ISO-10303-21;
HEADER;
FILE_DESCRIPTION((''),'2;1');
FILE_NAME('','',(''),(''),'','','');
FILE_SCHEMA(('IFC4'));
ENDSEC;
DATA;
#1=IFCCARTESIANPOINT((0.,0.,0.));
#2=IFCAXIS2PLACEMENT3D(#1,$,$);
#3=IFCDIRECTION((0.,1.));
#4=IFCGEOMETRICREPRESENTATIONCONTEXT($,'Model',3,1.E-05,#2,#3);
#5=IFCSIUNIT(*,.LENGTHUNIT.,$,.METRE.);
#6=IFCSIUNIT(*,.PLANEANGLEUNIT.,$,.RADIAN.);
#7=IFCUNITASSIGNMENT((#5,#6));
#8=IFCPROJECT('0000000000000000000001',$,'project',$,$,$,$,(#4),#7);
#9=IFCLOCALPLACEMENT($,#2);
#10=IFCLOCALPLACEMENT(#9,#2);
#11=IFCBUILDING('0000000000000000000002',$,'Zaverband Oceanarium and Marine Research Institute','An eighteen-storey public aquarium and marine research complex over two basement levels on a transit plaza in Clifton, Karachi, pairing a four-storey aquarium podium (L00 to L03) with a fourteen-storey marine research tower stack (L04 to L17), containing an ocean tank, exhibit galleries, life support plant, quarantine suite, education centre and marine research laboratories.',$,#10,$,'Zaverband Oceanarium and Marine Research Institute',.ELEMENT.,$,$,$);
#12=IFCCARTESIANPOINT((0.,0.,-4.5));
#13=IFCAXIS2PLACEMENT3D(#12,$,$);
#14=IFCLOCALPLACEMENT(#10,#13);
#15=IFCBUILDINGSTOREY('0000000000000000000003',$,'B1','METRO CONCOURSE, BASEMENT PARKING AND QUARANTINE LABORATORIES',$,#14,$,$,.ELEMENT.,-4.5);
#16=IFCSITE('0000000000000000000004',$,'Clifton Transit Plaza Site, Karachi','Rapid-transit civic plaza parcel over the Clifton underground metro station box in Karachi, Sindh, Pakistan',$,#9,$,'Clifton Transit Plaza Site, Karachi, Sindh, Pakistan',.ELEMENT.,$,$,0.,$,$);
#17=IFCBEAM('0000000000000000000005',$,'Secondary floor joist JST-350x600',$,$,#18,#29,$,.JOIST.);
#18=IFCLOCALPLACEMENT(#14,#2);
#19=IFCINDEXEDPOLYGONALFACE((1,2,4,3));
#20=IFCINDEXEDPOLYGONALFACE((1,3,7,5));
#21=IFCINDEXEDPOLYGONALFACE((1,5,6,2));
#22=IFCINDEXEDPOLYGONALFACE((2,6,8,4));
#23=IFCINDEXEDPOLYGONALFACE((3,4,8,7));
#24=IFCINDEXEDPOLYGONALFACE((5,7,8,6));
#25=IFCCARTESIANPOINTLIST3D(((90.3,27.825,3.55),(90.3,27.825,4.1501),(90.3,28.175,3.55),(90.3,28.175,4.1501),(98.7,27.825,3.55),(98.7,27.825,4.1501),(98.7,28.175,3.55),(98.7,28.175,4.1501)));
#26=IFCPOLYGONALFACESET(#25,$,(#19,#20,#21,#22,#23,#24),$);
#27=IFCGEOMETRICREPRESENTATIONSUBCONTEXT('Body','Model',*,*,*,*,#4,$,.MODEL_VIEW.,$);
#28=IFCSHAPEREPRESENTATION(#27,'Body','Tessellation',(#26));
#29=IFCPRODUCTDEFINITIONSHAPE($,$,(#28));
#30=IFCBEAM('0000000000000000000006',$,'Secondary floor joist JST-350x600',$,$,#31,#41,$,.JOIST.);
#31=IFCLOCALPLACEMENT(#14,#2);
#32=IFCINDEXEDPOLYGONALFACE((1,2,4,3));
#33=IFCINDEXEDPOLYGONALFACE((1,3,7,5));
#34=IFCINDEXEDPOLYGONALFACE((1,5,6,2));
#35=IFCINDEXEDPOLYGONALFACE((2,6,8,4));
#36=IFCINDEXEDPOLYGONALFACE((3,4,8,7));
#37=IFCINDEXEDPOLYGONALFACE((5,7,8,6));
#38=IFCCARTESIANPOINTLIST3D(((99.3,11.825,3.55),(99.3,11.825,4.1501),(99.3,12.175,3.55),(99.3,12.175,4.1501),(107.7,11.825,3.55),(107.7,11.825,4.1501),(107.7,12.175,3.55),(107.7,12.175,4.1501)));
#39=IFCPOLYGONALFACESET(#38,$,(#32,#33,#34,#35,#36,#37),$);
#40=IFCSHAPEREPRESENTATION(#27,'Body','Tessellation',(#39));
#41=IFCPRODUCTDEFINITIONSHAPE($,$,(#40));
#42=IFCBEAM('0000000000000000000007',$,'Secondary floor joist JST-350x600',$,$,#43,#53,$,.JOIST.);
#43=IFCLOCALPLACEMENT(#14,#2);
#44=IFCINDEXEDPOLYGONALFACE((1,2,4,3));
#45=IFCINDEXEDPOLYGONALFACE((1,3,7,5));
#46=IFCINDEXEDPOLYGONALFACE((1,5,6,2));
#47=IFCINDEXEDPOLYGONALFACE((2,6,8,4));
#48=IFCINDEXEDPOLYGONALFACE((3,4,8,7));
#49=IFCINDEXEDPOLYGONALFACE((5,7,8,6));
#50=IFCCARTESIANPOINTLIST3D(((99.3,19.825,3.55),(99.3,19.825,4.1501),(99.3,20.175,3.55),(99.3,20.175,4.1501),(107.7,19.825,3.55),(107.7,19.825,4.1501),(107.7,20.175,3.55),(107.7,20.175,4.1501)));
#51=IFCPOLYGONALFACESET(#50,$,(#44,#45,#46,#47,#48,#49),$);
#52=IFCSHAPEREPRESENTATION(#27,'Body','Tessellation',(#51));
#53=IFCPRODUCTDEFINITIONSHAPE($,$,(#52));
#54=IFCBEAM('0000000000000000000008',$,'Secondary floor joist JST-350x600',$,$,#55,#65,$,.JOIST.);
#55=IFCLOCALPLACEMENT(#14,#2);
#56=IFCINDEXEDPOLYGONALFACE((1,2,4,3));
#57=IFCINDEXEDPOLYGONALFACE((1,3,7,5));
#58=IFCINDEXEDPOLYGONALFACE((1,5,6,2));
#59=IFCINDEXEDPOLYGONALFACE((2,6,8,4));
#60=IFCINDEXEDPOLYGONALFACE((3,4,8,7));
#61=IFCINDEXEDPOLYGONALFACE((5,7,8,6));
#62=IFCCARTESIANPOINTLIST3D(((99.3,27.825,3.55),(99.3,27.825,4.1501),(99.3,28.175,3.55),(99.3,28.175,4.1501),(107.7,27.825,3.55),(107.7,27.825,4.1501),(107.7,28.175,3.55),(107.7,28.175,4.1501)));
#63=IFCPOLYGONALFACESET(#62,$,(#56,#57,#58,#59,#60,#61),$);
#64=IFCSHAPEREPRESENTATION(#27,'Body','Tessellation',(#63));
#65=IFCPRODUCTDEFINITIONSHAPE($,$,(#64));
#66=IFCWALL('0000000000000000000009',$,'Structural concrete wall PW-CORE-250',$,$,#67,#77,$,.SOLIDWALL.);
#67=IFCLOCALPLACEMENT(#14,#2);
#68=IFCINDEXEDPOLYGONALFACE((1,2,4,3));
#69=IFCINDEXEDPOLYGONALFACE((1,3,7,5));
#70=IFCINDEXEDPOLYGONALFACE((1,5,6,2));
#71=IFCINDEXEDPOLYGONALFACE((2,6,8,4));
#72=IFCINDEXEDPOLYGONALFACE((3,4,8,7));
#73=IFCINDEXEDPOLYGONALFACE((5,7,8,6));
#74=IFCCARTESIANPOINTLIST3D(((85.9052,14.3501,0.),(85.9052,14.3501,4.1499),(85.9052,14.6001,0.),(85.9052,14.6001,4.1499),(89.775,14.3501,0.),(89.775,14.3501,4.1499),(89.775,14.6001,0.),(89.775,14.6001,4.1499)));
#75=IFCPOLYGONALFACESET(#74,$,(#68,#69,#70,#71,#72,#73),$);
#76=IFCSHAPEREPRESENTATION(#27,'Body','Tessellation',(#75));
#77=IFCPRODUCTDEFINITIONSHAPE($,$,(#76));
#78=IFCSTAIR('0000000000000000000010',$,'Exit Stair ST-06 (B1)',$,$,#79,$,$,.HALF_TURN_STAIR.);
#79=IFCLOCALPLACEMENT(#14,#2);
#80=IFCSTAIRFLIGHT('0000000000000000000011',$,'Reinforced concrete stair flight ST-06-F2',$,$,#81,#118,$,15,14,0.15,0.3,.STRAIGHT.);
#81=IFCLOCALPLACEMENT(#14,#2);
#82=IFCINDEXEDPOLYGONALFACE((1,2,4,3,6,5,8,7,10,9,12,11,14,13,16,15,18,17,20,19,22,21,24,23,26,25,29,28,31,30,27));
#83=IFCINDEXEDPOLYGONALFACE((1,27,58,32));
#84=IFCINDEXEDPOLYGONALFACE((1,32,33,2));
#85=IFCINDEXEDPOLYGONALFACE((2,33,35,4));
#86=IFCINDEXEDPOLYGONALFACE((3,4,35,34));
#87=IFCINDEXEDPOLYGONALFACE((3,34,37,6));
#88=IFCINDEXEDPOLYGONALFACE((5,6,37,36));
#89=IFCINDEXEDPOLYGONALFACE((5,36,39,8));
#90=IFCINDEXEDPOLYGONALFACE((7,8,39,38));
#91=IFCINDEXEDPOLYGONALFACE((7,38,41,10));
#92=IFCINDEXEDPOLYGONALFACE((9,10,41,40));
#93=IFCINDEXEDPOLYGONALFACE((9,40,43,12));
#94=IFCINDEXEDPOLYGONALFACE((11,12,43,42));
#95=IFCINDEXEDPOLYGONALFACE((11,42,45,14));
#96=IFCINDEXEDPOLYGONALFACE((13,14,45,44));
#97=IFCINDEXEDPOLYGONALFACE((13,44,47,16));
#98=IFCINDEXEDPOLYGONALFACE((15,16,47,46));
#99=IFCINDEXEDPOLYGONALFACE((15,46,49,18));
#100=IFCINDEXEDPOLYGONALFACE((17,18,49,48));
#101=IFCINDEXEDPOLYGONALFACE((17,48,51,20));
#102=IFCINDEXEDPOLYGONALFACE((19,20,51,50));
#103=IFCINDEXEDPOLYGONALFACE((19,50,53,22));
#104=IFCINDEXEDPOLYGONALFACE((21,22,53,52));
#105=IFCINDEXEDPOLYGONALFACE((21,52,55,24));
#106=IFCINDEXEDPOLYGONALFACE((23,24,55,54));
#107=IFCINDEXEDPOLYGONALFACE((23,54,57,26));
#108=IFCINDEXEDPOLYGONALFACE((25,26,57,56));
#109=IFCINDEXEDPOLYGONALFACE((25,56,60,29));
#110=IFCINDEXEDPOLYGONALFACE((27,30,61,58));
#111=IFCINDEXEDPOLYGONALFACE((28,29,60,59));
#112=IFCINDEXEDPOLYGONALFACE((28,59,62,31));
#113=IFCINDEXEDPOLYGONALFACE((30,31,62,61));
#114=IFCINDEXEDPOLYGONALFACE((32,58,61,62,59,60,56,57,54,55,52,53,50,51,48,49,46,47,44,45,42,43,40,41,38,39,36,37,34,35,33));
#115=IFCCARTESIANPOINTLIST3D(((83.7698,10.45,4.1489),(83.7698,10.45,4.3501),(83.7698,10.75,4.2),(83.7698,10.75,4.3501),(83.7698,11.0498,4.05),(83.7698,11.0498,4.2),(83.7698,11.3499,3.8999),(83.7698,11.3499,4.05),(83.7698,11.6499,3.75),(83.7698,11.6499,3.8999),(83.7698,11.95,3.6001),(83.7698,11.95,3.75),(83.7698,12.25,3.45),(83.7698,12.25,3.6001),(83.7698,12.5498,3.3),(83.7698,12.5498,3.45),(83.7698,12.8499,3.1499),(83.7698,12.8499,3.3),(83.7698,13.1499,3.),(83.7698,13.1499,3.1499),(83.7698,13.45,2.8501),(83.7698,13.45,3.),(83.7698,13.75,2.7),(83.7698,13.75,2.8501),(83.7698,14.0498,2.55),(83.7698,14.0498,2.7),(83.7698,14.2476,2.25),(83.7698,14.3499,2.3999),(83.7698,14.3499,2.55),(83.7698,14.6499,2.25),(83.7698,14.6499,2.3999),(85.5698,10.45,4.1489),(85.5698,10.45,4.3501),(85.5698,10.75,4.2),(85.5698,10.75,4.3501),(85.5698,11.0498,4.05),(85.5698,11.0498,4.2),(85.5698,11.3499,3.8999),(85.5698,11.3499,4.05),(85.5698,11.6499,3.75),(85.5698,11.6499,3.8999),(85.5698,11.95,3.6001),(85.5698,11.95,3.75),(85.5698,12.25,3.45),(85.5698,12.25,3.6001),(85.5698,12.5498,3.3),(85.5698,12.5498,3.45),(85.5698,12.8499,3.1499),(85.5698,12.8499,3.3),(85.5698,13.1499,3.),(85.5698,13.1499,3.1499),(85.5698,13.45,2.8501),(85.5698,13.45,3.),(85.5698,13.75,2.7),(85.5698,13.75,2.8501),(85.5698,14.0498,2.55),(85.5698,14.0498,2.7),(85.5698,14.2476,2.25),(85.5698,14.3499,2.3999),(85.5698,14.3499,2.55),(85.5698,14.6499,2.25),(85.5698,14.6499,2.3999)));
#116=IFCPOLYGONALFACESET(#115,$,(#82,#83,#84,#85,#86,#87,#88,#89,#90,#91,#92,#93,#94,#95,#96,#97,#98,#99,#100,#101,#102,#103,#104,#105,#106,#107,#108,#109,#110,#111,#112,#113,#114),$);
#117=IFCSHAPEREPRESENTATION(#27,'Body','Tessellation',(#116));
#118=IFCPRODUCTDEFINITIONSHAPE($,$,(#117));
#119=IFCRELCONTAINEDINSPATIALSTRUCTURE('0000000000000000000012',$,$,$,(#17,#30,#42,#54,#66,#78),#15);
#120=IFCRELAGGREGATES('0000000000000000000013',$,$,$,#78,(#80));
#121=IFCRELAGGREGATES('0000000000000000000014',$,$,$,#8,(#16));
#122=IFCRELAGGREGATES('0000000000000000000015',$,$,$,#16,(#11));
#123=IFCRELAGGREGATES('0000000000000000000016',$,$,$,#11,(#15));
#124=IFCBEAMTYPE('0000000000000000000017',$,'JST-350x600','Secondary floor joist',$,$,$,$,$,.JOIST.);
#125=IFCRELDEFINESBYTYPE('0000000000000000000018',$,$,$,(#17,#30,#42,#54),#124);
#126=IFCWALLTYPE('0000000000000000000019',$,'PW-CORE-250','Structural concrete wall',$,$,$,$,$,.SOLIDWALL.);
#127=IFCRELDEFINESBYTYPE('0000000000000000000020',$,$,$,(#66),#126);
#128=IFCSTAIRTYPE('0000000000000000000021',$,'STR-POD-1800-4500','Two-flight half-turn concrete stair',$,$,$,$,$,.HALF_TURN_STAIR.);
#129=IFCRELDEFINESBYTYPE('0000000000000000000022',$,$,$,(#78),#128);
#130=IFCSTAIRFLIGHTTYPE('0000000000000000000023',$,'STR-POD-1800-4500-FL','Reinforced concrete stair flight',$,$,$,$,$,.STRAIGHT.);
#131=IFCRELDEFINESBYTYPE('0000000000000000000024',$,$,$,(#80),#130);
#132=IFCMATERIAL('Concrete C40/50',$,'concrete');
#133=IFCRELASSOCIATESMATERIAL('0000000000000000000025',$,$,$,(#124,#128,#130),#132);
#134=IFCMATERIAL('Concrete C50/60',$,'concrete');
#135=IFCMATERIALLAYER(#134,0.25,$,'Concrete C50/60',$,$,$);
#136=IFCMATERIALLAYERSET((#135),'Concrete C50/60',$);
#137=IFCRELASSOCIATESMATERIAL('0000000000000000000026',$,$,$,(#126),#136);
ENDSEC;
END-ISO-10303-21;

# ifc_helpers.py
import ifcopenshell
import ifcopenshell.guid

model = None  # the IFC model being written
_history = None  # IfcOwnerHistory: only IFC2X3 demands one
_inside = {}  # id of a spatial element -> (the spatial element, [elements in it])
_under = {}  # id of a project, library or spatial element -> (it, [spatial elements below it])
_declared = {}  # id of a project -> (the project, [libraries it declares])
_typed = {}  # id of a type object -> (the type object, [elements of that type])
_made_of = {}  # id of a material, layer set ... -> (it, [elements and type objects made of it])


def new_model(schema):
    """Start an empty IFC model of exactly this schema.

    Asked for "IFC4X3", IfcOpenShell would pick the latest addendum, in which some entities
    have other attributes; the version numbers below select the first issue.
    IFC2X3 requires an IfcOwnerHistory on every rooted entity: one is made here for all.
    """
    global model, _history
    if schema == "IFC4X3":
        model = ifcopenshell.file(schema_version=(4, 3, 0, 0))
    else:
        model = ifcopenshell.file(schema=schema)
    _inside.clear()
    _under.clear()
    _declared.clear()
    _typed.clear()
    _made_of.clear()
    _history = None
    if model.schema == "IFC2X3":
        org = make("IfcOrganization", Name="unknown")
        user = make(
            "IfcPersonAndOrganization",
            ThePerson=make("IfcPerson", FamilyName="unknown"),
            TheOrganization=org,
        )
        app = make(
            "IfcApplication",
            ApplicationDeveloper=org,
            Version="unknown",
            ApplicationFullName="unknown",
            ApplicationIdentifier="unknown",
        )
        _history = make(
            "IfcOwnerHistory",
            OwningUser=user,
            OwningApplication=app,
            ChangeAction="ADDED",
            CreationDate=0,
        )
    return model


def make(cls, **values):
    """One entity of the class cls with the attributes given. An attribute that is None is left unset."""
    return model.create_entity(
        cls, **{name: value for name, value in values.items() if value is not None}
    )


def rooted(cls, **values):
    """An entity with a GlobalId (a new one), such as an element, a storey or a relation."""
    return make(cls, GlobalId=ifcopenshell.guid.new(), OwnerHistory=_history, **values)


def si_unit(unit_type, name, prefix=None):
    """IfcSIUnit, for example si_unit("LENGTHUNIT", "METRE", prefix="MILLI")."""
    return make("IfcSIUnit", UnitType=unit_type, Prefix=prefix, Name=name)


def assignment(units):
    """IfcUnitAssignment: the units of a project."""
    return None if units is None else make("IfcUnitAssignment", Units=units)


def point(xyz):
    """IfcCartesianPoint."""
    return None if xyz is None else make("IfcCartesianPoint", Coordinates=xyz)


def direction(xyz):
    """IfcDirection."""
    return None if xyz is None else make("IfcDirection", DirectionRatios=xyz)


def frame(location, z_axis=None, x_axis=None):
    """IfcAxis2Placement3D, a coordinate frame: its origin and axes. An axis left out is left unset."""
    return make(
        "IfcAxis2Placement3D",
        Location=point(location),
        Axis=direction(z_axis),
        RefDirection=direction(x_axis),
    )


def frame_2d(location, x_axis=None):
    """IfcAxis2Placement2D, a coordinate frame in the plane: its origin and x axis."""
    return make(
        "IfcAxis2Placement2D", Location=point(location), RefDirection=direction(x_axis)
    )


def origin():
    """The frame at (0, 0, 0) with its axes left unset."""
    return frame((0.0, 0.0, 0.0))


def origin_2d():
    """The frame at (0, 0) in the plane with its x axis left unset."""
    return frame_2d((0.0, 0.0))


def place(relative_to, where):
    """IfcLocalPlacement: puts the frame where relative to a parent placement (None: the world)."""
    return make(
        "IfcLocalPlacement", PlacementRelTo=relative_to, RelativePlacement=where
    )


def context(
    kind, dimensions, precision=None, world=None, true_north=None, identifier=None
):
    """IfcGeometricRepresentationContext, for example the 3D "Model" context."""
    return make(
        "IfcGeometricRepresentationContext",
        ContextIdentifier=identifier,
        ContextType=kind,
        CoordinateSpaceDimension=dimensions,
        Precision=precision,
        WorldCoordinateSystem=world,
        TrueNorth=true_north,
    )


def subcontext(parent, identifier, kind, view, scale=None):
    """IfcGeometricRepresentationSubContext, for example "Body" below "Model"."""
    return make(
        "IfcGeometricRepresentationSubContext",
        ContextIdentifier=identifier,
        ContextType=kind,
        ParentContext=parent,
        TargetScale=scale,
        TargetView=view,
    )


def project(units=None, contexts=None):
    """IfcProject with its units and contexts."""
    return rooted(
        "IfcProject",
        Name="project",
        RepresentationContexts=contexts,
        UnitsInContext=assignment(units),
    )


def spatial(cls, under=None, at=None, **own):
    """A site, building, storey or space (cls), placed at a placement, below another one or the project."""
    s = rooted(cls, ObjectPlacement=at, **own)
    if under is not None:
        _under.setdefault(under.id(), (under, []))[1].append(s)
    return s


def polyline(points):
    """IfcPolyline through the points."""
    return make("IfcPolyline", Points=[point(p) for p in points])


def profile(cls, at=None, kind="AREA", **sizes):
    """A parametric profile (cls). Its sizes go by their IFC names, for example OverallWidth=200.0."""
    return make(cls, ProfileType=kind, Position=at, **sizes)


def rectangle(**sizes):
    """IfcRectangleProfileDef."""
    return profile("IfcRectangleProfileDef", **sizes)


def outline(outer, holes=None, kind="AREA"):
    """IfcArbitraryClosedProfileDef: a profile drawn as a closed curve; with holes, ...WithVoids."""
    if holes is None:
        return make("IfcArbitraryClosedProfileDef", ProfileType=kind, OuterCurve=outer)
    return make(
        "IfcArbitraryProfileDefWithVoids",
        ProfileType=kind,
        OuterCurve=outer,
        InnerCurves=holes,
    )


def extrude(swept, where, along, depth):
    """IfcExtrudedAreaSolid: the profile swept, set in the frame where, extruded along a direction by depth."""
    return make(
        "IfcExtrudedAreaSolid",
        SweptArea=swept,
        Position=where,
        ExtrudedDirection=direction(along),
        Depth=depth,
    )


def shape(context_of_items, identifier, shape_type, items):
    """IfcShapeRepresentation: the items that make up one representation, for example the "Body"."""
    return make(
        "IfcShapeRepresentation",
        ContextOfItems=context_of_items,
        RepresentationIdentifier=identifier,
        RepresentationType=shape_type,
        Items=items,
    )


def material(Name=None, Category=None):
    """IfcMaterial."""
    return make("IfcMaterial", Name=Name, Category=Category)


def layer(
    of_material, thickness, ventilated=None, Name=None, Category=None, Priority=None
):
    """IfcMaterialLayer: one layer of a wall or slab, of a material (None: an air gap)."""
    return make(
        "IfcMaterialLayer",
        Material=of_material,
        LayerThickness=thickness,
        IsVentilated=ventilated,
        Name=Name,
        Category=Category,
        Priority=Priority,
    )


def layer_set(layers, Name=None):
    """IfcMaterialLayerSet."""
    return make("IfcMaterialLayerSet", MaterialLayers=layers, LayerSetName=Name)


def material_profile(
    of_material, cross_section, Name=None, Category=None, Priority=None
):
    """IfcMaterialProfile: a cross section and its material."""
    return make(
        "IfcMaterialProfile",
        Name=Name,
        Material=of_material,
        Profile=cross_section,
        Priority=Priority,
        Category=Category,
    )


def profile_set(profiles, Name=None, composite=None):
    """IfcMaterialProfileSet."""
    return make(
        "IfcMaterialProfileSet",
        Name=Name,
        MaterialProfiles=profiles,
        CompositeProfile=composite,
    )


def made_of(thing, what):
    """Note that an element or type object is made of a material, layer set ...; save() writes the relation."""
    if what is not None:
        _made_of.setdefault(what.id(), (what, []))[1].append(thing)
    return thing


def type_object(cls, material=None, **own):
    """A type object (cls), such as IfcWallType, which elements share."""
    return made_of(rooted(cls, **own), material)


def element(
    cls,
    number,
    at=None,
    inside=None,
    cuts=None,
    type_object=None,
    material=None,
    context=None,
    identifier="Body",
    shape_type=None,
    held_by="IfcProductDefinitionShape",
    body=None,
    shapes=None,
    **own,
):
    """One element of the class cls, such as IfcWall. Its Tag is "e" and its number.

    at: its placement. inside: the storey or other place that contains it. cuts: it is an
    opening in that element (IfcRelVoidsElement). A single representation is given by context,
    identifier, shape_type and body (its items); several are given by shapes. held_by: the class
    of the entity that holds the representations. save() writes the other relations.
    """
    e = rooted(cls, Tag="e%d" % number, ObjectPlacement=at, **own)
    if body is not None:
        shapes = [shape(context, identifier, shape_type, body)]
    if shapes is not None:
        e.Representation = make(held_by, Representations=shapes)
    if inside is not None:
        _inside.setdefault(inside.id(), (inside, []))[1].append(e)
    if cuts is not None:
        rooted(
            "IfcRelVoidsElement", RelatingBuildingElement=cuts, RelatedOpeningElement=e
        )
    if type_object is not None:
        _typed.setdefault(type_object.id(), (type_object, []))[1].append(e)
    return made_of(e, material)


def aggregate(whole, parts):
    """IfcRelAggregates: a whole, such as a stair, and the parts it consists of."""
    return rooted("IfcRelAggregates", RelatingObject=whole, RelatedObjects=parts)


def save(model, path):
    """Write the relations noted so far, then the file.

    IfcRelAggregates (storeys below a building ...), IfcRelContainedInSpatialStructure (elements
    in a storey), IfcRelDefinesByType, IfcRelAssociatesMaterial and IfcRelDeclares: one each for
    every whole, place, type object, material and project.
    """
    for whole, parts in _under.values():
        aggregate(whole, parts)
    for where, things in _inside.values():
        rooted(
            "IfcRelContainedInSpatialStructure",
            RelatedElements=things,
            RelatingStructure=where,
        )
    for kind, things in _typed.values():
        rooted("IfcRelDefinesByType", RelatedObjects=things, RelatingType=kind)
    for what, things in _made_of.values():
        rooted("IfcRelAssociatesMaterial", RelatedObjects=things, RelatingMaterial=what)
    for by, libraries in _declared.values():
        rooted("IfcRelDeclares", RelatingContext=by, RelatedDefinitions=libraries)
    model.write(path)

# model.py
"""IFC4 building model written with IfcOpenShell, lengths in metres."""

from ifc_helpers import new_model, si_unit, direction, frame, frame_2d, origin, origin_2d, place, context, subcontext, project, spatial, polyline, rectangle, outline, extrude, material, layer, layer_set, material_profile, profile_set, type_object, element, aggregate, save


model = new_model("IFC4")

# Units and contexts
model_context = context("Model", 3, precision=1e-05, world=origin(), true_north=direction((0.0, 1.0)))
body_context = subcontext(model_context, "Body", "Model", "MODEL_VIEW")
ifc_project = project(units=[si_unit("LENGTHUNIT", "METRE"), si_unit("PLANEANGLEUNIT", "RADIAN")], contexts=[model_context])

# Site, building, storey
site_placement = place(None, origin())
site = spatial("IfcSite", under=ifc_project, at=site_placement, Name="Clifton Transit Plaza Site, Karachi", Description="Rapid-transit civic plaza parcel over the Clifton underground metro station box in Karachi, Sindh, Pakistan", LongName="Clifton Transit Plaza Site, Karachi, Sindh, Pakistan", CompositionType="ELEMENT", RefElevation=0.0)
building_placement = place(site_placement, origin())
building = spatial("IfcBuilding", under=site, at=building_placement, Name="Zaverband Oceanarium and Marine Research Institute", Description="An eighteen-storey public aquarium and marine research complex over two basement levels on a transit plaza in Clifton, Karachi, pairing a four-storey aquarium podium (L00 to L03) with a fourteen-storey marine research tower stack (L04 to L17), containing an ocean tank, exhibit galleries, life support plant, quarantine suite, education centre and marine research laboratories.", LongName="Zaverband Oceanarium and Marine Research Institute", CompositionType="ELEMENT")
storey_placement = place(building_placement, frame((0.0, 0.0, -4.5)))
storey = spatial("IfcBuildingStorey", under=building, at=storey_placement, Name="B1", Description="METRO CONCOURSE, BASEMENT PARKING AND QUARANTINE LABORATORIES", CompositionType="ELEMENT", Elevation=-4.5)

# Shared definitions
ifc_material_1 = material(Name="Concrete C50/60", Category="concrete")

# Beams
ifc_material_2 = material(Name="Concrete C40/50", Category="concrete")
ifc_material_profile_1 = material_profile(ifc_material_2, rectangle(XDim=0.3501, YDim=0.6001, at=origin_2d()), Name="RC350x600")
ifc_profile_set_1 = profile_set([ifc_material_profile_1], Name="Concrete C40/50")
beam_type_1 = type_object("IfcBeamType", Name="JST-350x600", Description="Secondary floor joist", PredefinedType="JOIST", material=ifc_profile_set_1)
for number, where, z_axis, x_axis, name in (
    (1, (90.3, 28.0, 3.8501), (1.0, 0.0, 0.0), (0.0, 1.0, 0.0), "Secondary floor joist JST-350x600"),
    (2, (99.3, 12.0, 3.8501), (1.0, 0.0, 0.0), (0.0, 1.0, 0.0), "Secondary floor joist JST-350x600"),
    (3, (99.3, 20.0, 3.8501), (1.0, 0.0, 0.0), (0.0, 1.0, 0.0), "Secondary floor joist JST-350x600"),
    (4, (99.3, 28.0, 3.8501), (1.0, 0.0, 0.0), (0.0, 1.0, 0.0), "Secondary floor joist JST-350x600"),
):
    element("IfcBeam", number, at=place(storey_placement, frame(where, z_axis=z_axis, x_axis=x_axis)), inside=storey, type_object=beam_type_1, Name=name, PredefinedType="JOIST", context=body_context, shape_type="SweptSolid", body=[
        extrude(rectangle(XDim=0.3501, YDim=0.6001, at=origin_2d()), origin(), (0.0, 0.0, 1.0), 8.3999),
    ])

# Wall
ifc_layer = layer(ifc_material_1, 0.25, Name="Concrete C50/60")
ifc_layer_set = layer_set([ifc_layer], Name="Concrete C50/60")
wall_type = type_object("IfcWallType", Name="PW-CORE-250", Description="Structural concrete wall", PredefinedType="SOLIDWALL", material=ifc_layer_set)
wall_placement = place(storey_placement, frame((85.905, 14.4751, 0.0), z_axis=(0.0, 0.0, 1.0), x_axis=(1.0, 0.0, 0.0)))
element("IfcWall", 5, at=wall_placement, inside=storey, type_object=wall_type, Name="Structural concrete wall PW-CORE-250", PredefinedType="SOLIDWALL", context=body_context, shape_type="SweptSolid", body=[
    extrude(rectangle(XDim=3.8699, YDim=0.25, at=frame_2d((1.9351, 0.0))), origin(), (0.0, 0.0, 1.0), 4.1499),
])

# Stair, stair flight
stair_type = type_object("IfcStairType", Name="STR-POD-1800-4500", Description="Two-flight half-turn concrete stair", PredefinedType="HALF_TURN_STAIR", material=ifc_material_2)
stair_placement = place(storey_placement, origin())
stair = element("IfcStair", 6, at=stair_placement, inside=storey, type_object=stair_type, Name="Exit Stair ST-06 (B1)", PredefinedType="HALF_TURN_STAIR")
stair_flight_type = type_object("IfcStairFlightType", Name="STR-POD-1800-4500-FL", Description="Reinforced concrete stair flight", PredefinedType="STRAIGHT", material=ifc_material_2)
stair_flight_placement = place(storey_placement, frame((84.6699, 14.6499, 2.25), z_axis=(0.0, 0.0, 1.0), x_axis=(0.0, -1.0, 0.0)))
stair_flight = element("IfcStairFlight", 7, at=stair_flight_placement, type_object=stair_flight_type, Name="Reinforced concrete stair flight ST-06-F2", NumberOfRisers=15, NumberOfTreads=14, PredefinedType="STRAIGHT", RiserHeight=0.15, TreadLength=0.3, context=body_context, shape_type="SweptSolid", body=[
    extrude(outline(polyline([(0.0, 0.0), (0.0, 0.1499), (0.3, 0.1499), (0.3, 0.3), (0.6001, 0.3), (0.6001, 0.45), (0.8999, 0.45), (0.8999, 0.6001), (1.2, 0.6001), (1.2, 0.75), (1.5, 0.75), (1.5, 0.8999), (1.8, 0.8999), (1.8, 1.05), (2.1001, 1.05), (2.1001, 1.2), (2.3999, 1.2), (2.3999, 1.3501), (2.7, 1.3501), (2.7, 1.5), (3.0, 1.5), (3.0, 1.6499), (3.3, 1.6499), (3.3, 1.8), (3.6001, 1.8), (3.6001, 1.95), (3.8999, 1.95), (3.8999, 2.1001), (4.2, 2.1001), (4.2, 2.25), (4.2, 1.8989), (0.4023, 0.0), (0.0, 0.0)])), frame((0.0, 0.8999, 0.0), z_axis=(0.0, -1.0, 0.0), x_axis=(1.0, 0.0, 0.0)), (0.0, 0.0, 1.0), 1.8),
])
aggregate(stair, [stair_flight])

save(model, "model.ifc")
